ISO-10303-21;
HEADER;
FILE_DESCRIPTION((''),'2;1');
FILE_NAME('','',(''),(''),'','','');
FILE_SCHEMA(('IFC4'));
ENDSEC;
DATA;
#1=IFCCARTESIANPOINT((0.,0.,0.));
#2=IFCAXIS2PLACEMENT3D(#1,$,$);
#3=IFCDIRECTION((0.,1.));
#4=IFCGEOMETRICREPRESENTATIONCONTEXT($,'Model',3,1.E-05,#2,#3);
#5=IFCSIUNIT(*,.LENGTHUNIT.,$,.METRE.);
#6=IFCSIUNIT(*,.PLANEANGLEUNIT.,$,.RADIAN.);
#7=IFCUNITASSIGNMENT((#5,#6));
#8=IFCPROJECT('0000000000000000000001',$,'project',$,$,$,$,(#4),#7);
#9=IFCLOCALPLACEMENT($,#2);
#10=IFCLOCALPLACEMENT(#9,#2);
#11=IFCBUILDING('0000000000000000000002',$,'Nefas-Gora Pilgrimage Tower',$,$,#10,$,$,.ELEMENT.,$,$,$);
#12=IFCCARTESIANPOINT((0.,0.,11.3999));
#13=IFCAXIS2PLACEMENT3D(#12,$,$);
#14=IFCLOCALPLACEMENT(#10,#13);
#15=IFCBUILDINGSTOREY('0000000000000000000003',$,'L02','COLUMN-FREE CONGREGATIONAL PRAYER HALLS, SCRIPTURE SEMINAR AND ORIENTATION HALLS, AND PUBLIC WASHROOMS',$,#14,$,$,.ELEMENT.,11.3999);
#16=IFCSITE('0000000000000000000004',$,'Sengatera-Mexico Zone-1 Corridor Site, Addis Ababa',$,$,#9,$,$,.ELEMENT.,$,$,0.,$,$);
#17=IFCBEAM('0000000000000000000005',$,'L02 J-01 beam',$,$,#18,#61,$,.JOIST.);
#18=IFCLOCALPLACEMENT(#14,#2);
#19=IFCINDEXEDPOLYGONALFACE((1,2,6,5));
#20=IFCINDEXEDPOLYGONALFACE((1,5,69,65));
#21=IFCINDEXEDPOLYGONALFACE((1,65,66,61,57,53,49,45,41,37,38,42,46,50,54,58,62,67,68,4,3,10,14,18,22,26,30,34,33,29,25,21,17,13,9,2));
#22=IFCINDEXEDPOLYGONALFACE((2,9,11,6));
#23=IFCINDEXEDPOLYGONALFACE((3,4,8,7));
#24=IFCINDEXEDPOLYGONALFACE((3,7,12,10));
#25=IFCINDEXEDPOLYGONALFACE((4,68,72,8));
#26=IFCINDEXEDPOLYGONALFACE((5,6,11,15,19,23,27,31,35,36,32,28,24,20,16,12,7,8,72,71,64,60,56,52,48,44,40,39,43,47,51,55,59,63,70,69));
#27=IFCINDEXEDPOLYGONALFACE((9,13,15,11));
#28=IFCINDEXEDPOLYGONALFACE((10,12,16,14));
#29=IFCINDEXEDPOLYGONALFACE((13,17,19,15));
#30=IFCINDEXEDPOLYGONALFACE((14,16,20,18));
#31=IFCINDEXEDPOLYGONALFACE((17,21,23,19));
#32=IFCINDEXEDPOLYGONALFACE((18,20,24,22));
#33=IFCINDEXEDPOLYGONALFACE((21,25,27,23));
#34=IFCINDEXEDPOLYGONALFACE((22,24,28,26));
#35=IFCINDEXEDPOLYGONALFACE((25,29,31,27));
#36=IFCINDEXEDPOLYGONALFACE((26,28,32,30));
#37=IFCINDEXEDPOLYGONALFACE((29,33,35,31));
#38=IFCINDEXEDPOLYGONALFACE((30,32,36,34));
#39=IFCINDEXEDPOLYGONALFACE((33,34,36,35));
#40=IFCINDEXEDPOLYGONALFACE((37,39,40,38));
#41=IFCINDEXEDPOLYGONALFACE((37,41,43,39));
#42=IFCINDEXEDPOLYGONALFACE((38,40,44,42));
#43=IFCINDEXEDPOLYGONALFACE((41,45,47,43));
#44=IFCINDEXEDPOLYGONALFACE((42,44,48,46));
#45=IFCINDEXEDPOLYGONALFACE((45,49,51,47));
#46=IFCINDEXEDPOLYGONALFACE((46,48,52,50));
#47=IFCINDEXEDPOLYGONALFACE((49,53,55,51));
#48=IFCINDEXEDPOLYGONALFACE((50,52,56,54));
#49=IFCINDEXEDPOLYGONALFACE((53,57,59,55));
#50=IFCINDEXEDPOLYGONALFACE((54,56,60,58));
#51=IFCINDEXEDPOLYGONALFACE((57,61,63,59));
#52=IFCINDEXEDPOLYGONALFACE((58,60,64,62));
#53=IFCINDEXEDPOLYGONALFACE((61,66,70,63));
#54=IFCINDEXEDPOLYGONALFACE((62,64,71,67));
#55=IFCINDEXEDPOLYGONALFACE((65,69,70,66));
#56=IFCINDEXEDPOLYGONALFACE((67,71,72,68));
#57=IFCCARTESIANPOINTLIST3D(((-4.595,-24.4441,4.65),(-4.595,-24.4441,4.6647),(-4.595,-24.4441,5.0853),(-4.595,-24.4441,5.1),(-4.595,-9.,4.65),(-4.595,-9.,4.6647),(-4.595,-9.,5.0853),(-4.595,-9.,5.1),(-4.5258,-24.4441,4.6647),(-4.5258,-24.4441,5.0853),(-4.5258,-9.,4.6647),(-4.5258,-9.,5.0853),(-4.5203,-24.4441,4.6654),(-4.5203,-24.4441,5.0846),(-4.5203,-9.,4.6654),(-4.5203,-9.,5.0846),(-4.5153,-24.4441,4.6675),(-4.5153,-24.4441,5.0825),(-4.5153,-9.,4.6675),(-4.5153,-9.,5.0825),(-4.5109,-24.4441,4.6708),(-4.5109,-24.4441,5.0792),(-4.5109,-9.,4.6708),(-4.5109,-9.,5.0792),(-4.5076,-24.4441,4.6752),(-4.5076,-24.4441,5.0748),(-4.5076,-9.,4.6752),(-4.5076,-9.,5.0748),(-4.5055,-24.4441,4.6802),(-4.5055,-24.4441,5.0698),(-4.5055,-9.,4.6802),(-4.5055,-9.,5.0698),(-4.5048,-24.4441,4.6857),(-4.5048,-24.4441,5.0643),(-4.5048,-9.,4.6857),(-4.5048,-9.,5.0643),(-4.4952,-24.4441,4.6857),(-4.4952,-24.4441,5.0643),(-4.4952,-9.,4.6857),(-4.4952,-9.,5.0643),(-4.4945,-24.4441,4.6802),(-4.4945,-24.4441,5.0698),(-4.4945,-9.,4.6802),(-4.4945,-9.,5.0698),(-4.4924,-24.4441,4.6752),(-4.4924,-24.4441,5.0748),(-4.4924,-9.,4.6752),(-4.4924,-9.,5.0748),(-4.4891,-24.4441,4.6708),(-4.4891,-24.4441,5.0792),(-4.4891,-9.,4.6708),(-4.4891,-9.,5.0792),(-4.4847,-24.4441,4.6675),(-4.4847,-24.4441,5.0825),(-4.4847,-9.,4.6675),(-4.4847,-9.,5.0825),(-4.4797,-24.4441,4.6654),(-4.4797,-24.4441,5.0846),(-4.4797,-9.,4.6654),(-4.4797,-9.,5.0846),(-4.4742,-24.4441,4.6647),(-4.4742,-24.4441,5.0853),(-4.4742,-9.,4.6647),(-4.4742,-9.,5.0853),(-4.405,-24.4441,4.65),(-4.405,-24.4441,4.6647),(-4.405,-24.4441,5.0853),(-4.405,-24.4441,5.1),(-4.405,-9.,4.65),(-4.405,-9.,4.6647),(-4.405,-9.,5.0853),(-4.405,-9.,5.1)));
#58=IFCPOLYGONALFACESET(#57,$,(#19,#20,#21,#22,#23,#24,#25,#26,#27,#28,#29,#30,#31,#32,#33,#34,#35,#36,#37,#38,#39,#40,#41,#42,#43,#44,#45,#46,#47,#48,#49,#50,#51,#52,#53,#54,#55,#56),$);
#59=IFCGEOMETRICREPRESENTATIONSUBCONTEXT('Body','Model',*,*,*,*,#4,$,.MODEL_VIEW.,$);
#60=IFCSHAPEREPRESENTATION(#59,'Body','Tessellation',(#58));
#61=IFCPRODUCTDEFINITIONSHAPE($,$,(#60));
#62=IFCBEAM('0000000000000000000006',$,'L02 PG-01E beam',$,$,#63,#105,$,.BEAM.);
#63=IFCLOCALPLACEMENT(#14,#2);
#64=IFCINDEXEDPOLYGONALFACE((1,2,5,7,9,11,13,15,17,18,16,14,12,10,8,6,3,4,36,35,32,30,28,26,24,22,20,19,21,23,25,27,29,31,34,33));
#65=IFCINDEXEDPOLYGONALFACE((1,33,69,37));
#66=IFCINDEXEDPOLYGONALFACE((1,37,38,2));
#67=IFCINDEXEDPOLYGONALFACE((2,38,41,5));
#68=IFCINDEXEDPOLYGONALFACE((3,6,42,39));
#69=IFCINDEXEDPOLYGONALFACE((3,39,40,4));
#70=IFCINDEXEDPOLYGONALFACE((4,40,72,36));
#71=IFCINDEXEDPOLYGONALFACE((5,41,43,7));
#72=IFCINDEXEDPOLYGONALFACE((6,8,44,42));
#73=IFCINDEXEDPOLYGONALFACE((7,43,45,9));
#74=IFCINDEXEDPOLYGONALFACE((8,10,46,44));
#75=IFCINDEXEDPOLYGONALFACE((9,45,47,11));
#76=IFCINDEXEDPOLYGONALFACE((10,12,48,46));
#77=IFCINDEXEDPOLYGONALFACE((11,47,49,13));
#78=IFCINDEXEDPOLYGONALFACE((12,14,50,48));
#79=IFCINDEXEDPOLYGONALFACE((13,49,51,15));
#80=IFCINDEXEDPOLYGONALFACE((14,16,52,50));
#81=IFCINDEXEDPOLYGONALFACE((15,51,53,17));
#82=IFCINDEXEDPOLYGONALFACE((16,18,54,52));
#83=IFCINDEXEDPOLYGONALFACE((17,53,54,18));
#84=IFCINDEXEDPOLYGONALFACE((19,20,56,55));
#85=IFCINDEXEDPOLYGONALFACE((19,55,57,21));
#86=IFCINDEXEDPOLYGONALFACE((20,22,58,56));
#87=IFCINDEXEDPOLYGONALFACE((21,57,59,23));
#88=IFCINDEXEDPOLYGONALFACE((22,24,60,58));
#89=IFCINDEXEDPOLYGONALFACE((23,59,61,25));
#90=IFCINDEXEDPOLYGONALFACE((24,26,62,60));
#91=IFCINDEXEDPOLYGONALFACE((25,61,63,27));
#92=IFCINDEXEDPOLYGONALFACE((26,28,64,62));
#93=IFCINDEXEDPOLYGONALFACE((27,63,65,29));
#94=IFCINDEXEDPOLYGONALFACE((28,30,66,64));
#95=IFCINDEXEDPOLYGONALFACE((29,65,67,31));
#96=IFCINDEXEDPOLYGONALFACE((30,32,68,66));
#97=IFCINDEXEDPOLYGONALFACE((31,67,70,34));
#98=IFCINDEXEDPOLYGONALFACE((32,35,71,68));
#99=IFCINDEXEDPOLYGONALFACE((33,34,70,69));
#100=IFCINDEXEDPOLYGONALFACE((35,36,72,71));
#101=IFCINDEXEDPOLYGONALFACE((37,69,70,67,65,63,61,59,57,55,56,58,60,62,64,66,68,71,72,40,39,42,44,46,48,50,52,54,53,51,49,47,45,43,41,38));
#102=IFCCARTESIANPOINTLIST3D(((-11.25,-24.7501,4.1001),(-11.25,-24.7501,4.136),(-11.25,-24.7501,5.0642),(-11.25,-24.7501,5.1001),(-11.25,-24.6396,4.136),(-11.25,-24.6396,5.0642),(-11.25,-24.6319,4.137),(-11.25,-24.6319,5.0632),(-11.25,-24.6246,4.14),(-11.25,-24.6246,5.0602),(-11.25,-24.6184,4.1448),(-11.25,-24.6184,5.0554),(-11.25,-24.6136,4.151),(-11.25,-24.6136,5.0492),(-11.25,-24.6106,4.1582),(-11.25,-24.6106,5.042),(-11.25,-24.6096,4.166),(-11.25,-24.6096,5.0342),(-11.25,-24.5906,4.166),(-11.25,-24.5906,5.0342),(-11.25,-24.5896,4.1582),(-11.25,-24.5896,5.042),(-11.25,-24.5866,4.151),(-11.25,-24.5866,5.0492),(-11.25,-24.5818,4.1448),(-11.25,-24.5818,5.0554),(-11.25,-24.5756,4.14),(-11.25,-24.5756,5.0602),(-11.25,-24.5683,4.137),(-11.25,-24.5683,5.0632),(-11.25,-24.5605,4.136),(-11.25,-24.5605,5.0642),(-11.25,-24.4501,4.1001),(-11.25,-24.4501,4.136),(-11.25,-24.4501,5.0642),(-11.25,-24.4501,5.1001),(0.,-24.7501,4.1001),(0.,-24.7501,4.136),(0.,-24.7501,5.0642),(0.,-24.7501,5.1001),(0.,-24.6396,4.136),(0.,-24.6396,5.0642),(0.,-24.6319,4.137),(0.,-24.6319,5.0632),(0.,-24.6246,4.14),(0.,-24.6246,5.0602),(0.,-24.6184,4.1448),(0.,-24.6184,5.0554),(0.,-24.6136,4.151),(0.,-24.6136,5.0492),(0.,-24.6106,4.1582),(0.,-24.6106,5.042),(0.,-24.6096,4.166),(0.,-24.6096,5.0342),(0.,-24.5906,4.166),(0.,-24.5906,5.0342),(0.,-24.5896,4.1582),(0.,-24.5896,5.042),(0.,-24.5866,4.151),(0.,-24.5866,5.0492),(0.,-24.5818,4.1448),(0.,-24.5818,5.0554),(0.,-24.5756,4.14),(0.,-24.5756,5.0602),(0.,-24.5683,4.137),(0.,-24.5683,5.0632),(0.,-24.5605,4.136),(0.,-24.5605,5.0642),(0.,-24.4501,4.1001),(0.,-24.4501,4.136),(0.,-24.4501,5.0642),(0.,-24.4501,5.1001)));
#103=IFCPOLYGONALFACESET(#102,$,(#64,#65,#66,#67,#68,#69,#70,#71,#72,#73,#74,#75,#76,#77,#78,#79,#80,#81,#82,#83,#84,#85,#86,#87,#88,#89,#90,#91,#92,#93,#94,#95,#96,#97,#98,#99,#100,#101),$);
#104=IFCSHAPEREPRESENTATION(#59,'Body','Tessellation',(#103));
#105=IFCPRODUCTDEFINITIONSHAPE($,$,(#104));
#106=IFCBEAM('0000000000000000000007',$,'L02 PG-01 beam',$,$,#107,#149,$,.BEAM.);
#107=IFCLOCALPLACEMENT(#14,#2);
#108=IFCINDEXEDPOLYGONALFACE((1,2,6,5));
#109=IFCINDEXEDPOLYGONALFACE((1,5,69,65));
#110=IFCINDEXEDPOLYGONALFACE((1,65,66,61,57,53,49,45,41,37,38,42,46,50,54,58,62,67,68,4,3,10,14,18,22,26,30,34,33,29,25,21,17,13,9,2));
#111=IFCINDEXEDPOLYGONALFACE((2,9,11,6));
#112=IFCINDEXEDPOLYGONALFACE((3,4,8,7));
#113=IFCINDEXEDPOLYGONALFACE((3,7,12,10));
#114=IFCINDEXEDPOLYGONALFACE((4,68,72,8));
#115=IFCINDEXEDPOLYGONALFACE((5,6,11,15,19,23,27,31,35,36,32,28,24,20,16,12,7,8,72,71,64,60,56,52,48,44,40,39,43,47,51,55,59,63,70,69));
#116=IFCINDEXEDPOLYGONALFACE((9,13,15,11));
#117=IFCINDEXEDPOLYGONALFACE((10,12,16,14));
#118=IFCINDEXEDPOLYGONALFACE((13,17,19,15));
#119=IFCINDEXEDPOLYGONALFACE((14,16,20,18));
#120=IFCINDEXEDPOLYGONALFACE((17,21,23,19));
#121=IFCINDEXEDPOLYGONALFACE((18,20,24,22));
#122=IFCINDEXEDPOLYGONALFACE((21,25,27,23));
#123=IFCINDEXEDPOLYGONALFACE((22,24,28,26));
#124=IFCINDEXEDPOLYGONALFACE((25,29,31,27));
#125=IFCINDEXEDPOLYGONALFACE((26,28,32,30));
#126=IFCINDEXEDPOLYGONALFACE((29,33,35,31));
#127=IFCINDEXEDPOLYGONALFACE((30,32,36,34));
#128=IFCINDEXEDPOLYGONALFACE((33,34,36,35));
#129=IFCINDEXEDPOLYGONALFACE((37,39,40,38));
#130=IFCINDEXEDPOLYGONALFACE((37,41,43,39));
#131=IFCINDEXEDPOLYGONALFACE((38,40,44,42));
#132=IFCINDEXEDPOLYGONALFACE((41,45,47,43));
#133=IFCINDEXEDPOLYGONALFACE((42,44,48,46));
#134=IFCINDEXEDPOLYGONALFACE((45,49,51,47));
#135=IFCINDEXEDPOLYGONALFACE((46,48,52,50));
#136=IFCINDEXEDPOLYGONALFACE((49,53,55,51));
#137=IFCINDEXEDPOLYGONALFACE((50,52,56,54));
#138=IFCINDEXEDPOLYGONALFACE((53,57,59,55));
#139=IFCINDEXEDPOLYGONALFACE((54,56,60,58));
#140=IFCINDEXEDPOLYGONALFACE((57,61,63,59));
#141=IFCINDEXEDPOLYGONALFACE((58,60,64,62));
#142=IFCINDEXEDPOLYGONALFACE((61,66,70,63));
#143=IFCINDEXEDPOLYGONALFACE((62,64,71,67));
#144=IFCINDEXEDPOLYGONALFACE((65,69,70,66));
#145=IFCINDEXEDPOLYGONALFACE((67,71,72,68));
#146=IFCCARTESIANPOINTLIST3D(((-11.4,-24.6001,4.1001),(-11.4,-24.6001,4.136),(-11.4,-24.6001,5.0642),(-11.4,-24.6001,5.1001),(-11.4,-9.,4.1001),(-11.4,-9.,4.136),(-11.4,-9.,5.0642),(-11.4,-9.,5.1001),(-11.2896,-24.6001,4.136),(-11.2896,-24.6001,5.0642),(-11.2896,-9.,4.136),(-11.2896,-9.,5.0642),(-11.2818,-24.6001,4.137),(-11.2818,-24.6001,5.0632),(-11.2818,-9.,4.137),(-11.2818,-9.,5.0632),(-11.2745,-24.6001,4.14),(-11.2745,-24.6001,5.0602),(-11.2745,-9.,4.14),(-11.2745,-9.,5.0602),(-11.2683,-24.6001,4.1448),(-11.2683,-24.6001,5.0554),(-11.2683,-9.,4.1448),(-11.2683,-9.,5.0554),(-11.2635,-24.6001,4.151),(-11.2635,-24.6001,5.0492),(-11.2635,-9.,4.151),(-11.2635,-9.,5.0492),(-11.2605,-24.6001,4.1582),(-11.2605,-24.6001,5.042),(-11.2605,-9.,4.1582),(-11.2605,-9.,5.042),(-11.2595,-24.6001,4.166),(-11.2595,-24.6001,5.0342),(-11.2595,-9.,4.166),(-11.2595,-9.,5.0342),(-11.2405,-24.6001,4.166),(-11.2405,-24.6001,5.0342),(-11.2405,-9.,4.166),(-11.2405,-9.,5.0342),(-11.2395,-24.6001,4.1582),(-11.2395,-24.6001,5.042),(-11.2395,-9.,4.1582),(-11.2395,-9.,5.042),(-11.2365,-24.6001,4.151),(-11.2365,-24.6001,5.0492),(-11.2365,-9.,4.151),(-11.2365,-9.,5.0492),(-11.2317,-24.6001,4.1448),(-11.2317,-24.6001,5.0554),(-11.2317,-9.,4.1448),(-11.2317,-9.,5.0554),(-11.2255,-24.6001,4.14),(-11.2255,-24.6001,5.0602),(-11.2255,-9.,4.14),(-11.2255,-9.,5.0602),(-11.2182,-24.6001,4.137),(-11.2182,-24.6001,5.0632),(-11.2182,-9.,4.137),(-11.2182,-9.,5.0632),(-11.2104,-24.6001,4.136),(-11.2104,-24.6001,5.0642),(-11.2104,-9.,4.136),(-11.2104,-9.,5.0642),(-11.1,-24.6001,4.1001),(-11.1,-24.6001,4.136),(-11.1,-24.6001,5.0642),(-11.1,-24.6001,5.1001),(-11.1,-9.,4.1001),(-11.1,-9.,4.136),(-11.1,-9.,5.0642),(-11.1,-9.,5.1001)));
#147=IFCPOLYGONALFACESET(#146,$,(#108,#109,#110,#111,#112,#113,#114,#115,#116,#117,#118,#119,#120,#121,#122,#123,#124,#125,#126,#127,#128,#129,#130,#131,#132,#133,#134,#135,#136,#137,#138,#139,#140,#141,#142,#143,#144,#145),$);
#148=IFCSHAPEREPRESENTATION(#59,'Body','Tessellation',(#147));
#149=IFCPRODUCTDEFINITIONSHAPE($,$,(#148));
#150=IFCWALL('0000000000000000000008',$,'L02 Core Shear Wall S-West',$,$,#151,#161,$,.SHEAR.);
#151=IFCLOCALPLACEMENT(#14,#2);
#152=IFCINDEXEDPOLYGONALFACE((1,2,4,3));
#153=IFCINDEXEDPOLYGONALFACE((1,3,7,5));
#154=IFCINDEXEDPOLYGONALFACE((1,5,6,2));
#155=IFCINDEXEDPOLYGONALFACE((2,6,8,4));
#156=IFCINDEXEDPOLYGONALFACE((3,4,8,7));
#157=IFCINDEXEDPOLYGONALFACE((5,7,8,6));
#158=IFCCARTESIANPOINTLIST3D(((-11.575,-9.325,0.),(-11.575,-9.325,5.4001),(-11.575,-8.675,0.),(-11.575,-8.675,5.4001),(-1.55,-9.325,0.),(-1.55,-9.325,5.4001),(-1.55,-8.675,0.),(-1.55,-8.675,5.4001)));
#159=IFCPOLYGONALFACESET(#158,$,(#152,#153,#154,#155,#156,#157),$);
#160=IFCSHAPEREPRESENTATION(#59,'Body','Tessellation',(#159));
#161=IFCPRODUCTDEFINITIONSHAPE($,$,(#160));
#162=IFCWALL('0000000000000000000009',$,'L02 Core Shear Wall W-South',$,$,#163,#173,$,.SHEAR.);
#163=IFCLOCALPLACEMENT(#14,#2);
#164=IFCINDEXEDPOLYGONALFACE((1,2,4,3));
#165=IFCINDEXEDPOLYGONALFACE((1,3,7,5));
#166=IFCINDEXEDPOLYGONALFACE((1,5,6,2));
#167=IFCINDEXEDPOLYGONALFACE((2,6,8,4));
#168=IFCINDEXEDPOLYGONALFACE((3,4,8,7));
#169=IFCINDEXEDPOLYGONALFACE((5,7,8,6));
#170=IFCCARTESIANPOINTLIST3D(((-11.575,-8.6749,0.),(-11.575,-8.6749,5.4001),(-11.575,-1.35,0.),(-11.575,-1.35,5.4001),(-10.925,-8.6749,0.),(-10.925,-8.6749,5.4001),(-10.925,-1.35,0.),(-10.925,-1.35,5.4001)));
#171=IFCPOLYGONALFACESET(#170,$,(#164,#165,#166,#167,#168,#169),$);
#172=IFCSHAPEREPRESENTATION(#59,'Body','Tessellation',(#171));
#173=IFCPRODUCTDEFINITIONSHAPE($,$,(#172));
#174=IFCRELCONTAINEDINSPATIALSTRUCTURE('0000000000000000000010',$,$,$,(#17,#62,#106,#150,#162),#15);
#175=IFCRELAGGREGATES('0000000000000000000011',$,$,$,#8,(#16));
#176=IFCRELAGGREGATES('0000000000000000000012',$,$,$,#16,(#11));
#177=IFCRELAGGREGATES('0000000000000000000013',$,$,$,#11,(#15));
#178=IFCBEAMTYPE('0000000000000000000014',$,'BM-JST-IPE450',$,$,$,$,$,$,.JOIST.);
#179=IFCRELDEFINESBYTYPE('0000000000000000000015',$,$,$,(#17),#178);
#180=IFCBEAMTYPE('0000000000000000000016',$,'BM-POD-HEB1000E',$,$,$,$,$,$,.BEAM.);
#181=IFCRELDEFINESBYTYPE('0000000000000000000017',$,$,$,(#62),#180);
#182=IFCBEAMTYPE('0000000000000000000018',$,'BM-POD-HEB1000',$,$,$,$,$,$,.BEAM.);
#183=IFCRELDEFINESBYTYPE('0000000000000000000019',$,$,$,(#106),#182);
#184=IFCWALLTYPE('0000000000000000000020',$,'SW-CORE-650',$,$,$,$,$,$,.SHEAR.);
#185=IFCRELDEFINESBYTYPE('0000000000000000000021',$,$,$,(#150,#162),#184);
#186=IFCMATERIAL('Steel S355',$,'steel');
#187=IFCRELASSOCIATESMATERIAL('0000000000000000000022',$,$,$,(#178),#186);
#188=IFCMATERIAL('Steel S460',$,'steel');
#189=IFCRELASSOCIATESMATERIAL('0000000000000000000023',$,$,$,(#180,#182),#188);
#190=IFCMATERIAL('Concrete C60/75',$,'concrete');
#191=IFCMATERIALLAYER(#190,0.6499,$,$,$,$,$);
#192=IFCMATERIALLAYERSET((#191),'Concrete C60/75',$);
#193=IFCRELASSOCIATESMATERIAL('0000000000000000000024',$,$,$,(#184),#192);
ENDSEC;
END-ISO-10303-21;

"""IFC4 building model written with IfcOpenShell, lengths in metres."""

from ifc_helpers import new_model, si_unit, direction, frame, frame_2d, origin, origin_2d, place, context, subcontext, project, spatial, rectangle, i_section, extrude, source, transform, mapped, material, layer, layer_set, material_profile, profile_set, type_object, element, save


model = new_model("IFC4")

# Units and contexts
model_context = context("Model", 3, precision=1e-05, world=origin(), true_north=direction((0.0, 1.0)))
body_context = subcontext(model_context, "Body", "Model", "MODEL_VIEW")
ifc_project = project(units=[si_unit("LENGTHUNIT", "METRE"), si_unit("PLANEANGLEUNIT", "RADIAN")], contexts=[model_context])

# Site, building, storey
site_placement = place(None, origin())
site = spatial("IfcSite", under=ifc_project, at=site_placement, Name="Sengatera-Mexico Zone-1 Corridor Site, Addis Ababa", CompositionType="ELEMENT", RefElevation=0.0)
building_placement = place(site_placement, origin())
building = spatial("IfcBuilding", under=site, at=building_placement, Name="Nefas-Gora Pilgrimage Tower", CompositionType="ELEMENT")
storey_placement = place(building_placement, frame((0.0, 0.0, 11.3999)))
storey = spatial("IfcBuildingStorey", under=building, at=storey_placement, Name="L02", Description="COLUMN-FREE CONGREGATIONAL PRAYER HALLS, SCRIPTURE SEMINAR AND ORIENTATION HALLS, AND PUBLIC WASHROOMS", CompositionType="ELEMENT", Elevation=11.3999)

# Shared definitions
ifc_material_1 = material(Name="Steel S460", Category="steel")

# Beams
ifc_material_2 = material(Name="Concrete C60/75", Category="concrete")
ifc_material_3 = material(Name="Steel S355", Category="steel")
ifc_material_profile_1 = material_profile(ifc_material_3, i_section(OverallWidth=0.1899, OverallDepth=0.45, WebThickness=0.0095, FlangeThickness=0.0146, FilletRadius=0.021, at=origin_2d()), Name="IPE 450")
ifc_profile_set_1 = profile_set([ifc_material_profile_1], Name="Steel S355")
beam_type_1 = type_object("IfcBeamType", Name="BM-JST-IPE450", PredefinedType="JOIST", material=ifc_profile_set_1)
shared_shape_1 = source(origin(), body_context, "Body", "SweptSolid", [
    extrude(i_section(OverallWidth=0.1899, OverallDepth=0.45, WebThickness=0.0095, FlangeThickness=0.0146, FilletRadius=0.021, at=origin_2d()), origin(), (0.0, 0.0, 1.0), 15.4441),
])
beam_1_placement = place(storey_placement, frame((-4.5, -24.4441, 4.875), z_axis=(0.0, 1.0, 0.0), x_axis=(-1.0, 0.0, 0.0)))
element("IfcBeam", 1, at=beam_1_placement, inside=storey, type_object=beam_type_1, Name="L02 J-01 beam", PredefinedType="JOIST", context=body_context, shape_type="MappedRepresentation", body=[
    mapped(shared_shape_1, transform((0.0, 0.0, 0.0), x_axis=(1.0, 0.0, 0.0), y_axis=(0.0, 1.0, 0.0), z_axis=(0.0, 0.0, 1.0), scale=1.0)),
])
ifc_material_profile_2 = material_profile(ifc_material_1, i_section(OverallWidth=0.3, OverallDepth=1.0, WebThickness=0.019, FlangeThickness=0.0359, FilletRadius=0.03, at=origin_2d()), Name="HEB 1000")
ifc_profile_set_2 = profile_set([ifc_material_profile_2], Name="Steel S460")
beam_type_2 = type_object("IfcBeamType", Name="BM-POD-HEB1000E", PredefinedType="BEAM", material=ifc_profile_set_2)
shared_shape_2 = source(origin(), body_context, "Body", "SweptSolid", [
    extrude(i_section(OverallWidth=0.3, OverallDepth=1.0, WebThickness=0.019, FlangeThickness=0.0359, FilletRadius=0.03, at=origin_2d()), origin(), (0.0, 0.0, 1.0), 11.25),
])
beam_2_placement = place(storey_placement, frame((-11.25, -24.6001, 4.6001), z_axis=(1.0, 0.0, 0.0), x_axis=(0.0, 1.0, 0.0)))
element("IfcBeam", 2, at=beam_2_placement, inside=storey, type_object=beam_type_2, Name="L02 PG-01E beam", PredefinedType="BEAM", context=body_context, shape_type="MappedRepresentation", body=[
    mapped(shared_shape_2, transform((0.0, 0.0, 0.0), x_axis=(1.0, 0.0, 0.0), y_axis=(0.0, 1.0, 0.0), z_axis=(0.0, 0.0, 1.0), scale=1.0)),
])
ifc_material_profile_3 = material_profile(ifc_material_1, i_section(OverallWidth=0.3, OverallDepth=1.0, WebThickness=0.019, FlangeThickness=0.0359, FilletRadius=0.03, at=origin_2d()), Name="HEB 1000")
ifc_profile_set_3 = profile_set([ifc_material_profile_3], Name="Steel S460")
beam_type_3 = type_object("IfcBeamType", Name="BM-POD-HEB1000", PredefinedType="BEAM", material=ifc_profile_set_3)
shared_shape_3 = source(origin(), body_context, "Body", "SweptSolid", [
    extrude(i_section(OverallWidth=0.3, OverallDepth=1.0, WebThickness=0.019, FlangeThickness=0.0359, FilletRadius=0.03, at=origin_2d()), origin(), (0.0, 0.0, 1.0), 15.6001),
])
beam_3_placement = place(storey_placement, frame((-11.25, -24.6001, 4.6001), z_axis=(0.0, 1.0, 0.0), x_axis=(-1.0, 0.0, 0.0)))
element("IfcBeam", 3, at=beam_3_placement, inside=storey, type_object=beam_type_3, Name="L02 PG-01 beam", PredefinedType="BEAM", context=body_context, shape_type="MappedRepresentation", body=[
    mapped(shared_shape_3, transform((0.0, 0.0, 0.0), x_axis=(1.0, 0.0, 0.0), y_axis=(0.0, 1.0, 0.0), z_axis=(0.0, 0.0, 1.0), scale=1.0)),
])

# Walls
ifc_layer_1 = layer(ifc_material_2, 0.6499)
ifc_layer_set_1 = layer_set([ifc_layer_1], Name="Concrete C60/75")
wall_type_1 = type_object("IfcWallType", Name="SW-CORE-650", PredefinedType="SHEAR", material=ifc_layer_set_1)
shared_shape_4 = source(origin(), body_context, "Body", "SweptSolid", [
    extrude(rectangle(XDim=10.0249, YDim=0.6499, at=frame_2d((5.0125, 0.0))), origin(), (0.0, 0.0, 1.0), 5.4001),
])
wall_1_placement = place(storey_placement, frame((-11.575, -9.0, 0.0), z_axis=(0.0, 0.0, 1.0), x_axis=(1.0, 0.0, 0.0)))
element("IfcWall", 4, at=wall_1_placement, inside=storey, type_object=wall_type_1, Name="L02 Core Shear Wall S-West", PredefinedType="SHEAR", context=body_context, shape_type="MappedRepresentation", body=[
    mapped(shared_shape_4, transform((0.0, 0.0, 0.0), x_axis=(1.0, 0.0, 0.0), y_axis=(0.0, 1.0, 0.0), z_axis=(0.0, 0.0, 1.0), scale=1.0)),
])
shared_shape_5 = source(origin(), body_context, "Body", "SweptSolid", [
    extrude(rectangle(XDim=7.325, YDim=0.6499, at=frame_2d((3.6626, 0.0))), origin(), (0.0, 0.0, 1.0), 5.4001),
])
wall_2_placement = place(storey_placement, frame((-11.25, -8.675, 0.0), z_axis=(0.0, 0.0, 1.0), x_axis=(0.0, 1.0, 0.0)))
element("IfcWall", 5, at=wall_2_placement, inside=storey, type_object=wall_type_1, Name="L02 Core Shear Wall W-South", PredefinedType="SHEAR", context=body_context, shape_type="MappedRepresentation", body=[
    mapped(shared_shape_5, transform((0.0, 0.0, 0.0), x_axis=(1.0, 0.0, 0.0), y_axis=(0.0, 1.0, 0.0), z_axis=(0.0, 0.0, 1.0), scale=1.0)),
])

save(model, "model.ifc")
